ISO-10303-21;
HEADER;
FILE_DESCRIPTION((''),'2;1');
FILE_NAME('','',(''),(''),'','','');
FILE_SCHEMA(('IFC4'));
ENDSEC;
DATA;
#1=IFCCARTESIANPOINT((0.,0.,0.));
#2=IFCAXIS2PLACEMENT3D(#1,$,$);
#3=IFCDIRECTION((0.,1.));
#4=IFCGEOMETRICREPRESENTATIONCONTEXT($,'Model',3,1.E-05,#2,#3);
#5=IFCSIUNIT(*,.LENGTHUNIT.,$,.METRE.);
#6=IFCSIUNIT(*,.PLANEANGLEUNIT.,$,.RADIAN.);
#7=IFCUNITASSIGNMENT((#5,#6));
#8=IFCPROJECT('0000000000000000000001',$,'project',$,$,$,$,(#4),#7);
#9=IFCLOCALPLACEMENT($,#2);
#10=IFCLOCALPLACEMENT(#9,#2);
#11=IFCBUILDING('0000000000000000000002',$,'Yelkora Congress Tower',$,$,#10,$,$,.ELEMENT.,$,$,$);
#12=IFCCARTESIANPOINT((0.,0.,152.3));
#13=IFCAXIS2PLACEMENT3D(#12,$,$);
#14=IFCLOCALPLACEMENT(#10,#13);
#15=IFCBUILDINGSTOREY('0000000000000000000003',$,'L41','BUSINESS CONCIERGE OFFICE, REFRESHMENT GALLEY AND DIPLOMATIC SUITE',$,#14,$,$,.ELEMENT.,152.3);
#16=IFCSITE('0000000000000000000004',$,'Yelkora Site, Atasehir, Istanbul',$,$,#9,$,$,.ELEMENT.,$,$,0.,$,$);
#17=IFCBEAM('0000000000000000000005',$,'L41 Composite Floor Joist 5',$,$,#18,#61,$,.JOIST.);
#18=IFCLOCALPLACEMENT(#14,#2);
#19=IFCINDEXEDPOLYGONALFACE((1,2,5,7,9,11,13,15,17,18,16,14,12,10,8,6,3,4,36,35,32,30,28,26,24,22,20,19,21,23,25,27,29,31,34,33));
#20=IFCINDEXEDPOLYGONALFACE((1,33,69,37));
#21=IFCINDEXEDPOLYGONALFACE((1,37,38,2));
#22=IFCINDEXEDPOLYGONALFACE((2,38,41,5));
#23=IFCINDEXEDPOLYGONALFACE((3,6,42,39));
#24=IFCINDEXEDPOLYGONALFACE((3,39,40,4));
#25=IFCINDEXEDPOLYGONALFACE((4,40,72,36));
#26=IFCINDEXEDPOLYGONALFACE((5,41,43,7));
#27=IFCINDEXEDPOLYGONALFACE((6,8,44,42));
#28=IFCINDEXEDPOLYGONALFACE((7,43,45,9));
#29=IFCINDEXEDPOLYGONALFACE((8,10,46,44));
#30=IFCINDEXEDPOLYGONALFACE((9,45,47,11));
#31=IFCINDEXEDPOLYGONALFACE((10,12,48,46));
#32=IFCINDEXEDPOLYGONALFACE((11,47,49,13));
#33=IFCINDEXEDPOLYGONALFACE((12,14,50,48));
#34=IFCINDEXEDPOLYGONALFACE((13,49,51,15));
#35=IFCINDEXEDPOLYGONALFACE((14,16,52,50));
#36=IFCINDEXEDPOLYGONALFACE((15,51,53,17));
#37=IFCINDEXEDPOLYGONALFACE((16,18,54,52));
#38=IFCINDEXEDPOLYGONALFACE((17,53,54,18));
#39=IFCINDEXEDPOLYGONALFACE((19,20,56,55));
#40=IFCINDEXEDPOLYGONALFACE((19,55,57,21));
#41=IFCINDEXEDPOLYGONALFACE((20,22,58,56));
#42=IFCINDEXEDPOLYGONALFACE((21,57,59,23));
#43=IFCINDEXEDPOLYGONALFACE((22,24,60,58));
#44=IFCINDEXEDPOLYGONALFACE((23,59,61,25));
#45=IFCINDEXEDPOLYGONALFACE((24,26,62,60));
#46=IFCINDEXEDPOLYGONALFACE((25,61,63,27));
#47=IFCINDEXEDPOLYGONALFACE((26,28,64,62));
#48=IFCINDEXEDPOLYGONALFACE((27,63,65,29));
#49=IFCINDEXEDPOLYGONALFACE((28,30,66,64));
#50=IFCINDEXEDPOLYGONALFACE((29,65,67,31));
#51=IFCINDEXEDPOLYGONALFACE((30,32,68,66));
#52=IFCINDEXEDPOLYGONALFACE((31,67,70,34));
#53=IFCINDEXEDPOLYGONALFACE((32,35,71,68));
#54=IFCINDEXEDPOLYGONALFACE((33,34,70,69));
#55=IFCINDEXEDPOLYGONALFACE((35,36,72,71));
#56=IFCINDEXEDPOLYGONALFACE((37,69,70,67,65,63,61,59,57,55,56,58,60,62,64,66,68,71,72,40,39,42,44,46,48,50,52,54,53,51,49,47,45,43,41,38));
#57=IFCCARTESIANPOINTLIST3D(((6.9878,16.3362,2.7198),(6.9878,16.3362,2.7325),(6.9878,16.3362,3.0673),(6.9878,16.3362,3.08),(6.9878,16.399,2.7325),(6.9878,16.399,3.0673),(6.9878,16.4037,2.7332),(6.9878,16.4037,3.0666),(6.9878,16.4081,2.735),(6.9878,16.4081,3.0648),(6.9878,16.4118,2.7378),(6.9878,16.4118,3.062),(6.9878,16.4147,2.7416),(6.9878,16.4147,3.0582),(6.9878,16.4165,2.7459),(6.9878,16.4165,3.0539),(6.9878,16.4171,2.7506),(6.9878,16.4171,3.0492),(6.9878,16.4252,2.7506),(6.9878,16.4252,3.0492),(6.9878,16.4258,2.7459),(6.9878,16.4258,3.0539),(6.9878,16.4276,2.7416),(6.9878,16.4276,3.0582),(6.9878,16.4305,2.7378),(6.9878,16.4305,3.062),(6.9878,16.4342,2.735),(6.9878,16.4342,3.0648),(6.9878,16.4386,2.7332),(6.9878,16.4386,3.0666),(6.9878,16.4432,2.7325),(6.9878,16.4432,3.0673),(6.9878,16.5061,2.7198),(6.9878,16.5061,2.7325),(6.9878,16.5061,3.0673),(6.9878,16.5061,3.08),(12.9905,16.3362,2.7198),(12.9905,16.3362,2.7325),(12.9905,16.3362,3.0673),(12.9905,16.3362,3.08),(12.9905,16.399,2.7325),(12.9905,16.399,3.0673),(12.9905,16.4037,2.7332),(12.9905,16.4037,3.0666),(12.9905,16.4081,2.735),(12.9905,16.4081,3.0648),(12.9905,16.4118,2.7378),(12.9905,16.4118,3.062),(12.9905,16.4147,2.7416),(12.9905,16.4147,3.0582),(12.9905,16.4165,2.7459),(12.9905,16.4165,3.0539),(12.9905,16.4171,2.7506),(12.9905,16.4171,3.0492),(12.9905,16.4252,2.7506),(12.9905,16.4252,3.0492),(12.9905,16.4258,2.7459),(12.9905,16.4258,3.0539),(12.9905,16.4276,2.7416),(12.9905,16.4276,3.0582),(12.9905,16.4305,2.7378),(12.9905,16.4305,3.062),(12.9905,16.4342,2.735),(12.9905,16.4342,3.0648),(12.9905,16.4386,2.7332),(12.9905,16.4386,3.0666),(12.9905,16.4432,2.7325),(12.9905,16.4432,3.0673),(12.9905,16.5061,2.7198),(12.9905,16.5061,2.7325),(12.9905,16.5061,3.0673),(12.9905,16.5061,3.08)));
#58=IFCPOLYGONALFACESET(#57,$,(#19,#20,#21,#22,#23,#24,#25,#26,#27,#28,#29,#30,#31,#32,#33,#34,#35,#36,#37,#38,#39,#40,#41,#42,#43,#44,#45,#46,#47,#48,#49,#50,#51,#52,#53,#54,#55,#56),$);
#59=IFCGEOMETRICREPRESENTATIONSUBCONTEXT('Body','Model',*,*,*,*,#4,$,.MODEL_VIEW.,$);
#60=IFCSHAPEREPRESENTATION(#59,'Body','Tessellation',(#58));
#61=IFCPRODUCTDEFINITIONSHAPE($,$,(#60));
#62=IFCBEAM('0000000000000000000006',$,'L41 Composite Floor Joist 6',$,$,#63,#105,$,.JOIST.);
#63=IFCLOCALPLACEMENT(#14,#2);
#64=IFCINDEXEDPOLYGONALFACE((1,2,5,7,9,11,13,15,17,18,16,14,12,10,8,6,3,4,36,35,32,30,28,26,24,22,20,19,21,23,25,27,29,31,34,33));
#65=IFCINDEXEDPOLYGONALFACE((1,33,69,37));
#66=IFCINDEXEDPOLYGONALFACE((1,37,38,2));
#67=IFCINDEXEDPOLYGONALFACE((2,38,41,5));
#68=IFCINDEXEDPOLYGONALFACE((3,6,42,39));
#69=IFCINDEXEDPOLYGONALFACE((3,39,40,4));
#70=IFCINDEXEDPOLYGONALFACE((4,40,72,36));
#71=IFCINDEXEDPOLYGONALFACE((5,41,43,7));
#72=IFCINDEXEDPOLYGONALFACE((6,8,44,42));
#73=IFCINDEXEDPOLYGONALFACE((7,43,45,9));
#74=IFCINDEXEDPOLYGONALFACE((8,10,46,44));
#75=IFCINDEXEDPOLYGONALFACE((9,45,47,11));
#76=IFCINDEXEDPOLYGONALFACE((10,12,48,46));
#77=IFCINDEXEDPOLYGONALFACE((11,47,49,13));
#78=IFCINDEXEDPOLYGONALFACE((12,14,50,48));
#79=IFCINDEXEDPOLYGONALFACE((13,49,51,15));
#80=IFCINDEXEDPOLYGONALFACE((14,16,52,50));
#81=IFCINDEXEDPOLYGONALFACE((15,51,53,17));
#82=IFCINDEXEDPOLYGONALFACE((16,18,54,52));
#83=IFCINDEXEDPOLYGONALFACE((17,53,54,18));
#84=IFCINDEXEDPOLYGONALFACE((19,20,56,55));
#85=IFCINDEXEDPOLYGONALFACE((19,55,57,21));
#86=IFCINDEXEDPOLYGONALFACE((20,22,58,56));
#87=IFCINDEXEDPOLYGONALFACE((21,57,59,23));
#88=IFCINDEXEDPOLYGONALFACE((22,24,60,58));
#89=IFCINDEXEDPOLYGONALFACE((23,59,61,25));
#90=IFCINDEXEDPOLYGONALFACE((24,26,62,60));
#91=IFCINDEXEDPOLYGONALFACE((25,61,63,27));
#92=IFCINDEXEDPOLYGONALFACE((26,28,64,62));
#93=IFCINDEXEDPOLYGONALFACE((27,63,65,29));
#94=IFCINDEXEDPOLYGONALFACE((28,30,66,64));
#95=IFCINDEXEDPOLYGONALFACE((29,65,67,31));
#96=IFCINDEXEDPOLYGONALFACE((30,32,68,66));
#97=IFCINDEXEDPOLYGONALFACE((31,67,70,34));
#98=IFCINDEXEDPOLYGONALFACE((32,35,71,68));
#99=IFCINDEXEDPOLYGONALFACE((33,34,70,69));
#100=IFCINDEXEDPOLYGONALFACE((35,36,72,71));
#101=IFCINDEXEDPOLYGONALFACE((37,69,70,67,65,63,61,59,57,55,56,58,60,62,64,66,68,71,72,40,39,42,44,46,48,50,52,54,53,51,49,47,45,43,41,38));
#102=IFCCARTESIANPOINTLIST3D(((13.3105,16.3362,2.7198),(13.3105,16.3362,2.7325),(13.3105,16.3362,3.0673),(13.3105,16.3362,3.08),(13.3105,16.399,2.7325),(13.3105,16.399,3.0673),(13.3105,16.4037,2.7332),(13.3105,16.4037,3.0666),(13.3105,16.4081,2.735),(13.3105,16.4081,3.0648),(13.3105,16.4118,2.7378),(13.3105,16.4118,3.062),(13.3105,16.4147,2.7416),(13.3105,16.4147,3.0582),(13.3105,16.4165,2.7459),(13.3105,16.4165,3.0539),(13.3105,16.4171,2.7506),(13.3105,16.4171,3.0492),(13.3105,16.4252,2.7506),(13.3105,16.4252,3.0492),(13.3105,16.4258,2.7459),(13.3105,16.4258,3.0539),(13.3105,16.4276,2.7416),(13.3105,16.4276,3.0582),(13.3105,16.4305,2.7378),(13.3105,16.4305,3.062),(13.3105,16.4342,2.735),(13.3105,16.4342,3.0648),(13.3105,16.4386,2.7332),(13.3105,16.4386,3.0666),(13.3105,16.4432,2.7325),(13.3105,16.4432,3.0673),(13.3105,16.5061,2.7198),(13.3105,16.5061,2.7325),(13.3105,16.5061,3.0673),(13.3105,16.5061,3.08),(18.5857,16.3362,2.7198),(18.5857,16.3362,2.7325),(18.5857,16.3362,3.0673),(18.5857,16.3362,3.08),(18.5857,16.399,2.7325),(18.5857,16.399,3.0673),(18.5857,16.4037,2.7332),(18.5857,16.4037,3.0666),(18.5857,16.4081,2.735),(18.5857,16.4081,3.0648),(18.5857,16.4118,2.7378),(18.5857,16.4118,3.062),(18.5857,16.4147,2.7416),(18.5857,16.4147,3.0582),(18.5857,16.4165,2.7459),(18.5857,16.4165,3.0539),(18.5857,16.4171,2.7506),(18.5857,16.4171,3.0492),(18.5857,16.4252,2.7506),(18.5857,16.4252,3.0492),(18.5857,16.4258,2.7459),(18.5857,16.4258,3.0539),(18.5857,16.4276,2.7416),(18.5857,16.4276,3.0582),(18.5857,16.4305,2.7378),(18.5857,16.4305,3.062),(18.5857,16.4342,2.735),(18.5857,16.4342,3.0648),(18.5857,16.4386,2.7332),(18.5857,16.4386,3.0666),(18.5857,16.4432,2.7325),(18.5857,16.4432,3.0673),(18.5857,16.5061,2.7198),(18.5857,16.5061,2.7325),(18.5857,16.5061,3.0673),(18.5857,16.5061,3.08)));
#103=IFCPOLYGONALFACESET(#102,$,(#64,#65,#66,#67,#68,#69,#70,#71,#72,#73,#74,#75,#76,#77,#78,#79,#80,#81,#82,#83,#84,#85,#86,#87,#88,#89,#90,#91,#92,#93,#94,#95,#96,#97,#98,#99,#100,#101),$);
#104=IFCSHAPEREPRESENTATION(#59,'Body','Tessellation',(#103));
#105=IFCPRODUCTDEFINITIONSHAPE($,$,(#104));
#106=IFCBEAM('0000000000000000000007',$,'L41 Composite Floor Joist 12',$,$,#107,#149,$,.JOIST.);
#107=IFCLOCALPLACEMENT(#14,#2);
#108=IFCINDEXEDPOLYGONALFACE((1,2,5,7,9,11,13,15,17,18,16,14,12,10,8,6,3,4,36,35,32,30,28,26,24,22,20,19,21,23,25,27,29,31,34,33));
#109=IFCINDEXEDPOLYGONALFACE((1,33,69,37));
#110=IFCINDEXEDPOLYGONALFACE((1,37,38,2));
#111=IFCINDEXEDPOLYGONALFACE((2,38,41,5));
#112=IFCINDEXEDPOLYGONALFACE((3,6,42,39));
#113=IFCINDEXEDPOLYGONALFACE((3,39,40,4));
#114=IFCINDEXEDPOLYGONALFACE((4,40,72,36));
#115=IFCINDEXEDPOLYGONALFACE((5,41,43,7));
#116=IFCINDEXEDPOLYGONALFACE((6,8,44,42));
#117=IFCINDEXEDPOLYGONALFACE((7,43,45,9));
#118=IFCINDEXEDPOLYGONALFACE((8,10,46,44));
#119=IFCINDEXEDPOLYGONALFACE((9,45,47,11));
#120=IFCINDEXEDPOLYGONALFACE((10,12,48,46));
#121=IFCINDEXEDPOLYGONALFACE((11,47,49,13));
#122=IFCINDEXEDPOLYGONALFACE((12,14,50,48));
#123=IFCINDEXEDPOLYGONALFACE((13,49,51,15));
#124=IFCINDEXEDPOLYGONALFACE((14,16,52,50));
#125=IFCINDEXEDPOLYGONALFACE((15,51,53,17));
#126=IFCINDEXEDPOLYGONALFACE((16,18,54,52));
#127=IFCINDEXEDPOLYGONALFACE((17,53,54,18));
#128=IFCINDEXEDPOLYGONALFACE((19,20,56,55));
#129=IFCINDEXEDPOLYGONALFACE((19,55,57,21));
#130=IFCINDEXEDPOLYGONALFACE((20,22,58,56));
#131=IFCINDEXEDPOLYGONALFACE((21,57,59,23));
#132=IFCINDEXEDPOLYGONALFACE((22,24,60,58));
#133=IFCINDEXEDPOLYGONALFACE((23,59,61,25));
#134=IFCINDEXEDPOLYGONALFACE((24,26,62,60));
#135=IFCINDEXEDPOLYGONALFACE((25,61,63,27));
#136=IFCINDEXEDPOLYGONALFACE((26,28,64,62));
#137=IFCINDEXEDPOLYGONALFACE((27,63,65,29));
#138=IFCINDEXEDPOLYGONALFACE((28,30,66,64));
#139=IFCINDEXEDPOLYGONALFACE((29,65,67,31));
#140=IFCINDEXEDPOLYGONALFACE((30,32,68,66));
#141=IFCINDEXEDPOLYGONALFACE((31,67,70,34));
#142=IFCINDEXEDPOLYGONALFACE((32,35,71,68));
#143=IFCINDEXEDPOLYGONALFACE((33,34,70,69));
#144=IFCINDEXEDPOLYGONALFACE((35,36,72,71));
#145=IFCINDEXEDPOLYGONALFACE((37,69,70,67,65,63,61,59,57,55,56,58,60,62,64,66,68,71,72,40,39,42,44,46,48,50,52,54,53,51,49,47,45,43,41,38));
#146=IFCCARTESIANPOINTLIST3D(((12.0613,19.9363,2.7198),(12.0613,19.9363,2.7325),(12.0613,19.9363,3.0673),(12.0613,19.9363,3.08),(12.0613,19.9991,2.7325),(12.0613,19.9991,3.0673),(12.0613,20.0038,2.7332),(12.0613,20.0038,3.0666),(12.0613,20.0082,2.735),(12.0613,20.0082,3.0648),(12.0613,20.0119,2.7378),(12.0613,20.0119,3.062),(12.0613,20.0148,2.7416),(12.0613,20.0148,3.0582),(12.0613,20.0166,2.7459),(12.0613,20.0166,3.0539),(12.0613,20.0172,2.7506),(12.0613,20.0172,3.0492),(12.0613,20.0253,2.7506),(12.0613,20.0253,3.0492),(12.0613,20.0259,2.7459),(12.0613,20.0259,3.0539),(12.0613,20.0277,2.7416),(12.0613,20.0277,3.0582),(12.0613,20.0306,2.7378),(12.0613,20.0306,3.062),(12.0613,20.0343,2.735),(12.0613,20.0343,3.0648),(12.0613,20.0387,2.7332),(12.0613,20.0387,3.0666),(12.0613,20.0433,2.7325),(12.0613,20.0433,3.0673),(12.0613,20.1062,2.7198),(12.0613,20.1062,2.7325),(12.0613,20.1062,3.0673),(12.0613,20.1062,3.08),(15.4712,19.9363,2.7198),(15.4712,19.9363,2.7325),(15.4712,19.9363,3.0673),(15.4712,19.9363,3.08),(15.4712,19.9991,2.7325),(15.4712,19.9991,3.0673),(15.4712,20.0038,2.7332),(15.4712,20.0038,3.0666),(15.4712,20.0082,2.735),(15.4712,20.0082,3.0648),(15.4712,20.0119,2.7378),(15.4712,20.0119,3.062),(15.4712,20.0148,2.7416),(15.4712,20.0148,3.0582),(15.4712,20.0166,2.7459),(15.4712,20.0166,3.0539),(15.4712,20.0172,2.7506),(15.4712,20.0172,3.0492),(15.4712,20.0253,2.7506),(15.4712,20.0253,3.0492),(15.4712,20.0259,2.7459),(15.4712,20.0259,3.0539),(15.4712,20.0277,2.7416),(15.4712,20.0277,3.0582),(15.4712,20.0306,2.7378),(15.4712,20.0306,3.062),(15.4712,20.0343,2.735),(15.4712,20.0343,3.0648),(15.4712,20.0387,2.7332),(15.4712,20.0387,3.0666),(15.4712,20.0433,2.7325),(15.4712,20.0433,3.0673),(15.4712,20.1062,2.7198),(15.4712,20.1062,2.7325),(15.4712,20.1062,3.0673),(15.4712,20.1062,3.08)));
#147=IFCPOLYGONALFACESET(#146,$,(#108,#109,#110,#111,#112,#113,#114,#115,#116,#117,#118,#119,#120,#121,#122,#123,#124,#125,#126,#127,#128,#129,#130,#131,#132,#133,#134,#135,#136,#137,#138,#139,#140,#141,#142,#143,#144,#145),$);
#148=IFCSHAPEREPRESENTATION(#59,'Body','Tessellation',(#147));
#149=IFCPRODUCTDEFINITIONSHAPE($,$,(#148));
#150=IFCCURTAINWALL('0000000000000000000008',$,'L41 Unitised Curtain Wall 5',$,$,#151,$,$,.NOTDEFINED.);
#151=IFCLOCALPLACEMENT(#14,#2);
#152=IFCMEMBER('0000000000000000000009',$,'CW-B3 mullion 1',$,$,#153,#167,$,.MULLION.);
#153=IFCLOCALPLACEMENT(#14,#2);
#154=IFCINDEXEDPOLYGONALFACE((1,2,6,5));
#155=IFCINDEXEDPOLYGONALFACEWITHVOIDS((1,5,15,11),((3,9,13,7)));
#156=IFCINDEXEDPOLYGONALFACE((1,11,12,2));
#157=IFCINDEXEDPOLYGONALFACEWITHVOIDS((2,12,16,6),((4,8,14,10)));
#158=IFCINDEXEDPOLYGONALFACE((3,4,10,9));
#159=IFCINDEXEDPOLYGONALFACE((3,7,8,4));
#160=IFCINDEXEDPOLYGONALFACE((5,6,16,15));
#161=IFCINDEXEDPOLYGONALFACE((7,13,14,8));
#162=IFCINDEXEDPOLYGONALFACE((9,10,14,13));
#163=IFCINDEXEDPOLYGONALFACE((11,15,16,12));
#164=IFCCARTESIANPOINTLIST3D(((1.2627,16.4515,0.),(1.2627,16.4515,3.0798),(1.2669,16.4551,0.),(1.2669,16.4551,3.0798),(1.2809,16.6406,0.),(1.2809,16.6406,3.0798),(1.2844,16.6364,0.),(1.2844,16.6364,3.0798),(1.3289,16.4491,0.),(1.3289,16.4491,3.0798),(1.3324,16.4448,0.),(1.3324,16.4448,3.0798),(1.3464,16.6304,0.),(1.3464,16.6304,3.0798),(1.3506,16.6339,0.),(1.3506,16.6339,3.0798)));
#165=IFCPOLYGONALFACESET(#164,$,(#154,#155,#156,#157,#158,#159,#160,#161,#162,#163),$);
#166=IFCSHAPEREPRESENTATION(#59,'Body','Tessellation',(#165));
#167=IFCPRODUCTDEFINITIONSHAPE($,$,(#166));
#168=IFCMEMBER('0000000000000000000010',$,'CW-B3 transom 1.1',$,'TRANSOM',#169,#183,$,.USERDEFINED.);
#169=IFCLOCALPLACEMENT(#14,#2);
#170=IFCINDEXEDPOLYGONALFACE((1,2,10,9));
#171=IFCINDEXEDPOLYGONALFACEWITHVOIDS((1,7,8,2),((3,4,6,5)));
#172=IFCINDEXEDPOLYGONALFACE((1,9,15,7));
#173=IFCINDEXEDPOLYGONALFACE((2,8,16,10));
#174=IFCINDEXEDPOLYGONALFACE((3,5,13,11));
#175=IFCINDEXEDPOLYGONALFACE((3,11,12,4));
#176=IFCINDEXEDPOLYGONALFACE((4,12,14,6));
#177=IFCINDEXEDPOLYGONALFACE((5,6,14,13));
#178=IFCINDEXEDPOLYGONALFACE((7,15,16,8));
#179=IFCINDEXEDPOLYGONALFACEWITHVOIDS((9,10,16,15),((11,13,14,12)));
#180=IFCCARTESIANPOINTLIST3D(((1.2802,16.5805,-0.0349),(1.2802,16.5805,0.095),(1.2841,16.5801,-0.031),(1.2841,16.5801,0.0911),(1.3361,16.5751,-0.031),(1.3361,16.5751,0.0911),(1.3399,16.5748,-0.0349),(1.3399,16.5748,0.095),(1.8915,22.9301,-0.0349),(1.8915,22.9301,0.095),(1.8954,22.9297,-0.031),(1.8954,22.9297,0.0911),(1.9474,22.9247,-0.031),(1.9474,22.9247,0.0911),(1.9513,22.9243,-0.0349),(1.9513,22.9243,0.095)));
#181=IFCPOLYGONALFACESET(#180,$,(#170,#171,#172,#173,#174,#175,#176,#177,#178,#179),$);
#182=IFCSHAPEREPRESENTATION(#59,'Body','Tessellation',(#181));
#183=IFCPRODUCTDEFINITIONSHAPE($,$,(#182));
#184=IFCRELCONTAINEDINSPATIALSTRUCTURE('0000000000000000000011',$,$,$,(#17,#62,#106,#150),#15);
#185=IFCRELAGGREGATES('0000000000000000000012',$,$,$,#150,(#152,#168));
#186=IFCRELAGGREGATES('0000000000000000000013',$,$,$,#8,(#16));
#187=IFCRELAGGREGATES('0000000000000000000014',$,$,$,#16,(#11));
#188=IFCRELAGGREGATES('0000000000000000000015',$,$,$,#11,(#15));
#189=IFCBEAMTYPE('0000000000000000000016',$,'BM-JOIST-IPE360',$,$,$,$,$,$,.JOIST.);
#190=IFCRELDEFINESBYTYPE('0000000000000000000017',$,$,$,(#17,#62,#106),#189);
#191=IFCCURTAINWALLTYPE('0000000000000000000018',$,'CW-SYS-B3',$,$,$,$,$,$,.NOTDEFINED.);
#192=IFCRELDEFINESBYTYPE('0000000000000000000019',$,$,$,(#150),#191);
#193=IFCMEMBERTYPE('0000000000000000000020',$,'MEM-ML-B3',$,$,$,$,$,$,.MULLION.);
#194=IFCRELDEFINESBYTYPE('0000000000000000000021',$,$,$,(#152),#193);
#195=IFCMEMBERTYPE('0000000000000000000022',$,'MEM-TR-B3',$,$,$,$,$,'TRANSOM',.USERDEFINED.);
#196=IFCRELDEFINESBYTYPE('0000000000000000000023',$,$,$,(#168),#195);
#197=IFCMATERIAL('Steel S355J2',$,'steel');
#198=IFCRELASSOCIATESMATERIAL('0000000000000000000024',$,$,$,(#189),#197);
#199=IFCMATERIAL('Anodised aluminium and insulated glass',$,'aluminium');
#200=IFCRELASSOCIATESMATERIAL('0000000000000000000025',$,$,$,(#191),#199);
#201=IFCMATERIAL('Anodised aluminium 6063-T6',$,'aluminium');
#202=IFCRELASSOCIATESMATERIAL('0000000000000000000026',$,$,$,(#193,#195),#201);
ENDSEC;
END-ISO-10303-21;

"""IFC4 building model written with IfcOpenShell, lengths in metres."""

from ifc_helpers import new_model, si_unit, direction, frame, origin, origin_2d, place, context, subcontext, project, spatial, hollow_rectangle, i_section, extrude, material, material_profile, profile_set, type_object, element, aggregate, save


model = new_model("IFC4")

# Units and contexts
model_context = context("Model", 3, precision=1e-05, world=origin(), true_north=direction((0.0, 1.0)))
body_context = subcontext(model_context, "Body", "Model", "MODEL_VIEW")
ifc_project = project(units=[si_unit("LENGTHUNIT", "METRE"), si_unit("PLANEANGLEUNIT", "RADIAN")], contexts=[model_context])

# Site, building, storey
site_placement = place(None, origin())
site = spatial("IfcSite", under=ifc_project, at=site_placement, Name="Yelkora Site, Atasehir, Istanbul", CompositionType="ELEMENT", RefElevation=0.0)
building_placement = place(site_placement, origin())
building = spatial("IfcBuilding", under=site, at=building_placement, Name="Yelkora Congress Tower", CompositionType="ELEMENT")
storey_placement = place(building_placement, frame((0.0, 0.0, 152.3)))
storey = spatial("IfcBuildingStorey", under=building, at=storey_placement, Name="L41", Description="BUSINESS CONCIERGE OFFICE, REFRESHMENT GALLEY AND DIPLOMATIC SUITE", CompositionType="ELEMENT", Elevation=152.3)

# Beams
ifc_material_1 = material(Name="Steel S355J2", Category="steel")
ifc_material_profile_1 = material_profile(ifc_material_1, i_section(OverallWidth=0.1699, OverallDepth=0.3601, WebThickness=0.0081, FlangeThickness=0.0127, FilletRadius=0.0181, at=origin_2d()), Name="IPE 360")
ifc_profile_set_1 = profile_set([ifc_material_profile_1], Name="Steel S355J2")
beam_type = type_object("IfcBeamType", Name="BM-JOIST-IPE360", PredefinedType="JOIST", material=ifc_profile_set_1)
beam_1_placement = place(storey_placement, frame((6.9878, 16.4211, 2.8999), z_axis=(1.0, 0.0, 0.0), x_axis=(0.0, 1.0, 0.0)))
element("IfcBeam", 1, at=beam_1_placement, inside=storey, type_object=beam_type, Name="L41 Composite Floor Joist 5", PredefinedType="JOIST", context=body_context, shape_type="SweptSolid", body=[
    extrude(i_section(OverallWidth=0.1699, OverallDepth=0.3601, WebThickness=0.0081, FlangeThickness=0.0127, FilletRadius=0.0181, at=origin_2d()), origin(), (0.0, 0.0, 1.0), 6.0027),
])
beam_2_placement = place(storey_placement, frame((13.3105, 16.4211, 2.8999), z_axis=(1.0, 0.0, 0.0), x_axis=(0.0, 1.0, 0.0)))
element("IfcBeam", 2, at=beam_2_placement, inside=storey, type_object=beam_type, Name="L41 Composite Floor Joist 6", PredefinedType="JOIST", context=body_context, shape_type="SweptSolid", body=[
    extrude(i_section(OverallWidth=0.1699, OverallDepth=0.3601, WebThickness=0.0081, FlangeThickness=0.0127, FilletRadius=0.0181, at=origin_2d()), origin(), (0.0, 0.0, 1.0), 5.2751),
])
beam_3_placement = place(storey_placement, frame((12.0613, 20.0212, 2.8999), z_axis=(1.0, 0.0, 0.0), x_axis=(0.0, 1.0, 0.0)))
element("IfcBeam", 3, at=beam_3_placement, inside=storey, type_object=beam_type, Name="L41 Composite Floor Joist 12", PredefinedType="JOIST", context=body_context, shape_type="SweptSolid", body=[
    extrude(i_section(OverallWidth=0.1699, OverallDepth=0.3601, WebThickness=0.0081, FlangeThickness=0.0127, FilletRadius=0.0181, at=origin_2d()), origin(), (0.0, 0.0, 1.0), 3.4099),
])

# Curtain wall, members
ifc_material_2 = material(Name="Anodised aluminium and insulated glass", Category="aluminium")
curtain_wall_type = type_object("IfcCurtainWallType", Name="CW-SYS-B3", PredefinedType="NOTDEFINED", material=ifc_material_2)
curtain_wall_placement = place(storey_placement, origin())
curtain_wall = element("IfcCurtainWall", 4, at=curtain_wall_placement, inside=storey, type_object=curtain_wall_type, Name="L41 Unitised Curtain Wall 5", PredefinedType="NOTDEFINED")
ifc_material_3 = material(Name="Anodised aluminium 6063-T6", Category="aluminium")
ifc_material_profile_2 = material_profile(ifc_material_3, hollow_rectangle(XDim=0.0701, YDim=0.1899, WallThickness=0.0039, at=origin_2d()), Name="ALU 70x190x4")
ifc_profile_set_2 = profile_set([ifc_material_profile_2], Name="Anodised aluminium 6063-T6")
member_type_1 = type_object("IfcMemberType", Name="MEM-ML-B3", PredefinedType="MULLION", material=ifc_profile_set_2)
member_1_placement = place(storey_placement, frame((1.3066, 16.5427, 0.0), z_axis=(0.0, 0.0, 1.0), x_axis=(-0.995396, 0.095845, 0.0)))
member_1 = element("IfcMember", 5, at=member_1_placement, type_object=member_type_1, Name="CW-B3 mullion 1", PredefinedType="MULLION", context=body_context, shape_type="SweptSolid", body=[
    extrude(hollow_rectangle(XDim=0.0701, YDim=0.1899, WallThickness=0.0039, at=origin_2d()), origin(), (0.0, 0.0, 1.0), 3.0798),
])
ifc_material_profile_3 = material_profile(ifc_material_3, hollow_rectangle(XDim=0.0601, YDim=0.1299, WallThickness=0.0039, at=origin_2d()), Name="ALU 60x130x4")
ifc_profile_set_3 = profile_set([ifc_material_profile_3], Name="Anodised aluminium 6063-T6")
member_type_2 = type_object("IfcMemberType", Name="MEM-TR-B3", ElementType="TRANSOM", PredefinedType="USERDEFINED", material=ifc_profile_set_3)
member_2_placement = place(storey_placement, frame((1.3101, 16.5776, 0.03), z_axis=(0.095835, 0.995397, 0.0), x_axis=(-0.995397, 0.095835, 0.0)))
member_2 = element("IfcMember", 6, at=member_2_placement, type_object=member_type_2, Name="CW-B3 transom 1.1", ObjectType="TRANSOM", PredefinedType="USERDEFINED", context=body_context, shape_type="SweptSolid", body=[
    extrude(hollow_rectangle(XDim=0.0601, YDim=0.1299, WallThickness=0.0039, at=origin_2d()), origin(), (0.0, 0.0, 1.0), 6.3789),
])
aggregate(curtain_wall, [member_1, member_2])

save(model, "model.ifc")
